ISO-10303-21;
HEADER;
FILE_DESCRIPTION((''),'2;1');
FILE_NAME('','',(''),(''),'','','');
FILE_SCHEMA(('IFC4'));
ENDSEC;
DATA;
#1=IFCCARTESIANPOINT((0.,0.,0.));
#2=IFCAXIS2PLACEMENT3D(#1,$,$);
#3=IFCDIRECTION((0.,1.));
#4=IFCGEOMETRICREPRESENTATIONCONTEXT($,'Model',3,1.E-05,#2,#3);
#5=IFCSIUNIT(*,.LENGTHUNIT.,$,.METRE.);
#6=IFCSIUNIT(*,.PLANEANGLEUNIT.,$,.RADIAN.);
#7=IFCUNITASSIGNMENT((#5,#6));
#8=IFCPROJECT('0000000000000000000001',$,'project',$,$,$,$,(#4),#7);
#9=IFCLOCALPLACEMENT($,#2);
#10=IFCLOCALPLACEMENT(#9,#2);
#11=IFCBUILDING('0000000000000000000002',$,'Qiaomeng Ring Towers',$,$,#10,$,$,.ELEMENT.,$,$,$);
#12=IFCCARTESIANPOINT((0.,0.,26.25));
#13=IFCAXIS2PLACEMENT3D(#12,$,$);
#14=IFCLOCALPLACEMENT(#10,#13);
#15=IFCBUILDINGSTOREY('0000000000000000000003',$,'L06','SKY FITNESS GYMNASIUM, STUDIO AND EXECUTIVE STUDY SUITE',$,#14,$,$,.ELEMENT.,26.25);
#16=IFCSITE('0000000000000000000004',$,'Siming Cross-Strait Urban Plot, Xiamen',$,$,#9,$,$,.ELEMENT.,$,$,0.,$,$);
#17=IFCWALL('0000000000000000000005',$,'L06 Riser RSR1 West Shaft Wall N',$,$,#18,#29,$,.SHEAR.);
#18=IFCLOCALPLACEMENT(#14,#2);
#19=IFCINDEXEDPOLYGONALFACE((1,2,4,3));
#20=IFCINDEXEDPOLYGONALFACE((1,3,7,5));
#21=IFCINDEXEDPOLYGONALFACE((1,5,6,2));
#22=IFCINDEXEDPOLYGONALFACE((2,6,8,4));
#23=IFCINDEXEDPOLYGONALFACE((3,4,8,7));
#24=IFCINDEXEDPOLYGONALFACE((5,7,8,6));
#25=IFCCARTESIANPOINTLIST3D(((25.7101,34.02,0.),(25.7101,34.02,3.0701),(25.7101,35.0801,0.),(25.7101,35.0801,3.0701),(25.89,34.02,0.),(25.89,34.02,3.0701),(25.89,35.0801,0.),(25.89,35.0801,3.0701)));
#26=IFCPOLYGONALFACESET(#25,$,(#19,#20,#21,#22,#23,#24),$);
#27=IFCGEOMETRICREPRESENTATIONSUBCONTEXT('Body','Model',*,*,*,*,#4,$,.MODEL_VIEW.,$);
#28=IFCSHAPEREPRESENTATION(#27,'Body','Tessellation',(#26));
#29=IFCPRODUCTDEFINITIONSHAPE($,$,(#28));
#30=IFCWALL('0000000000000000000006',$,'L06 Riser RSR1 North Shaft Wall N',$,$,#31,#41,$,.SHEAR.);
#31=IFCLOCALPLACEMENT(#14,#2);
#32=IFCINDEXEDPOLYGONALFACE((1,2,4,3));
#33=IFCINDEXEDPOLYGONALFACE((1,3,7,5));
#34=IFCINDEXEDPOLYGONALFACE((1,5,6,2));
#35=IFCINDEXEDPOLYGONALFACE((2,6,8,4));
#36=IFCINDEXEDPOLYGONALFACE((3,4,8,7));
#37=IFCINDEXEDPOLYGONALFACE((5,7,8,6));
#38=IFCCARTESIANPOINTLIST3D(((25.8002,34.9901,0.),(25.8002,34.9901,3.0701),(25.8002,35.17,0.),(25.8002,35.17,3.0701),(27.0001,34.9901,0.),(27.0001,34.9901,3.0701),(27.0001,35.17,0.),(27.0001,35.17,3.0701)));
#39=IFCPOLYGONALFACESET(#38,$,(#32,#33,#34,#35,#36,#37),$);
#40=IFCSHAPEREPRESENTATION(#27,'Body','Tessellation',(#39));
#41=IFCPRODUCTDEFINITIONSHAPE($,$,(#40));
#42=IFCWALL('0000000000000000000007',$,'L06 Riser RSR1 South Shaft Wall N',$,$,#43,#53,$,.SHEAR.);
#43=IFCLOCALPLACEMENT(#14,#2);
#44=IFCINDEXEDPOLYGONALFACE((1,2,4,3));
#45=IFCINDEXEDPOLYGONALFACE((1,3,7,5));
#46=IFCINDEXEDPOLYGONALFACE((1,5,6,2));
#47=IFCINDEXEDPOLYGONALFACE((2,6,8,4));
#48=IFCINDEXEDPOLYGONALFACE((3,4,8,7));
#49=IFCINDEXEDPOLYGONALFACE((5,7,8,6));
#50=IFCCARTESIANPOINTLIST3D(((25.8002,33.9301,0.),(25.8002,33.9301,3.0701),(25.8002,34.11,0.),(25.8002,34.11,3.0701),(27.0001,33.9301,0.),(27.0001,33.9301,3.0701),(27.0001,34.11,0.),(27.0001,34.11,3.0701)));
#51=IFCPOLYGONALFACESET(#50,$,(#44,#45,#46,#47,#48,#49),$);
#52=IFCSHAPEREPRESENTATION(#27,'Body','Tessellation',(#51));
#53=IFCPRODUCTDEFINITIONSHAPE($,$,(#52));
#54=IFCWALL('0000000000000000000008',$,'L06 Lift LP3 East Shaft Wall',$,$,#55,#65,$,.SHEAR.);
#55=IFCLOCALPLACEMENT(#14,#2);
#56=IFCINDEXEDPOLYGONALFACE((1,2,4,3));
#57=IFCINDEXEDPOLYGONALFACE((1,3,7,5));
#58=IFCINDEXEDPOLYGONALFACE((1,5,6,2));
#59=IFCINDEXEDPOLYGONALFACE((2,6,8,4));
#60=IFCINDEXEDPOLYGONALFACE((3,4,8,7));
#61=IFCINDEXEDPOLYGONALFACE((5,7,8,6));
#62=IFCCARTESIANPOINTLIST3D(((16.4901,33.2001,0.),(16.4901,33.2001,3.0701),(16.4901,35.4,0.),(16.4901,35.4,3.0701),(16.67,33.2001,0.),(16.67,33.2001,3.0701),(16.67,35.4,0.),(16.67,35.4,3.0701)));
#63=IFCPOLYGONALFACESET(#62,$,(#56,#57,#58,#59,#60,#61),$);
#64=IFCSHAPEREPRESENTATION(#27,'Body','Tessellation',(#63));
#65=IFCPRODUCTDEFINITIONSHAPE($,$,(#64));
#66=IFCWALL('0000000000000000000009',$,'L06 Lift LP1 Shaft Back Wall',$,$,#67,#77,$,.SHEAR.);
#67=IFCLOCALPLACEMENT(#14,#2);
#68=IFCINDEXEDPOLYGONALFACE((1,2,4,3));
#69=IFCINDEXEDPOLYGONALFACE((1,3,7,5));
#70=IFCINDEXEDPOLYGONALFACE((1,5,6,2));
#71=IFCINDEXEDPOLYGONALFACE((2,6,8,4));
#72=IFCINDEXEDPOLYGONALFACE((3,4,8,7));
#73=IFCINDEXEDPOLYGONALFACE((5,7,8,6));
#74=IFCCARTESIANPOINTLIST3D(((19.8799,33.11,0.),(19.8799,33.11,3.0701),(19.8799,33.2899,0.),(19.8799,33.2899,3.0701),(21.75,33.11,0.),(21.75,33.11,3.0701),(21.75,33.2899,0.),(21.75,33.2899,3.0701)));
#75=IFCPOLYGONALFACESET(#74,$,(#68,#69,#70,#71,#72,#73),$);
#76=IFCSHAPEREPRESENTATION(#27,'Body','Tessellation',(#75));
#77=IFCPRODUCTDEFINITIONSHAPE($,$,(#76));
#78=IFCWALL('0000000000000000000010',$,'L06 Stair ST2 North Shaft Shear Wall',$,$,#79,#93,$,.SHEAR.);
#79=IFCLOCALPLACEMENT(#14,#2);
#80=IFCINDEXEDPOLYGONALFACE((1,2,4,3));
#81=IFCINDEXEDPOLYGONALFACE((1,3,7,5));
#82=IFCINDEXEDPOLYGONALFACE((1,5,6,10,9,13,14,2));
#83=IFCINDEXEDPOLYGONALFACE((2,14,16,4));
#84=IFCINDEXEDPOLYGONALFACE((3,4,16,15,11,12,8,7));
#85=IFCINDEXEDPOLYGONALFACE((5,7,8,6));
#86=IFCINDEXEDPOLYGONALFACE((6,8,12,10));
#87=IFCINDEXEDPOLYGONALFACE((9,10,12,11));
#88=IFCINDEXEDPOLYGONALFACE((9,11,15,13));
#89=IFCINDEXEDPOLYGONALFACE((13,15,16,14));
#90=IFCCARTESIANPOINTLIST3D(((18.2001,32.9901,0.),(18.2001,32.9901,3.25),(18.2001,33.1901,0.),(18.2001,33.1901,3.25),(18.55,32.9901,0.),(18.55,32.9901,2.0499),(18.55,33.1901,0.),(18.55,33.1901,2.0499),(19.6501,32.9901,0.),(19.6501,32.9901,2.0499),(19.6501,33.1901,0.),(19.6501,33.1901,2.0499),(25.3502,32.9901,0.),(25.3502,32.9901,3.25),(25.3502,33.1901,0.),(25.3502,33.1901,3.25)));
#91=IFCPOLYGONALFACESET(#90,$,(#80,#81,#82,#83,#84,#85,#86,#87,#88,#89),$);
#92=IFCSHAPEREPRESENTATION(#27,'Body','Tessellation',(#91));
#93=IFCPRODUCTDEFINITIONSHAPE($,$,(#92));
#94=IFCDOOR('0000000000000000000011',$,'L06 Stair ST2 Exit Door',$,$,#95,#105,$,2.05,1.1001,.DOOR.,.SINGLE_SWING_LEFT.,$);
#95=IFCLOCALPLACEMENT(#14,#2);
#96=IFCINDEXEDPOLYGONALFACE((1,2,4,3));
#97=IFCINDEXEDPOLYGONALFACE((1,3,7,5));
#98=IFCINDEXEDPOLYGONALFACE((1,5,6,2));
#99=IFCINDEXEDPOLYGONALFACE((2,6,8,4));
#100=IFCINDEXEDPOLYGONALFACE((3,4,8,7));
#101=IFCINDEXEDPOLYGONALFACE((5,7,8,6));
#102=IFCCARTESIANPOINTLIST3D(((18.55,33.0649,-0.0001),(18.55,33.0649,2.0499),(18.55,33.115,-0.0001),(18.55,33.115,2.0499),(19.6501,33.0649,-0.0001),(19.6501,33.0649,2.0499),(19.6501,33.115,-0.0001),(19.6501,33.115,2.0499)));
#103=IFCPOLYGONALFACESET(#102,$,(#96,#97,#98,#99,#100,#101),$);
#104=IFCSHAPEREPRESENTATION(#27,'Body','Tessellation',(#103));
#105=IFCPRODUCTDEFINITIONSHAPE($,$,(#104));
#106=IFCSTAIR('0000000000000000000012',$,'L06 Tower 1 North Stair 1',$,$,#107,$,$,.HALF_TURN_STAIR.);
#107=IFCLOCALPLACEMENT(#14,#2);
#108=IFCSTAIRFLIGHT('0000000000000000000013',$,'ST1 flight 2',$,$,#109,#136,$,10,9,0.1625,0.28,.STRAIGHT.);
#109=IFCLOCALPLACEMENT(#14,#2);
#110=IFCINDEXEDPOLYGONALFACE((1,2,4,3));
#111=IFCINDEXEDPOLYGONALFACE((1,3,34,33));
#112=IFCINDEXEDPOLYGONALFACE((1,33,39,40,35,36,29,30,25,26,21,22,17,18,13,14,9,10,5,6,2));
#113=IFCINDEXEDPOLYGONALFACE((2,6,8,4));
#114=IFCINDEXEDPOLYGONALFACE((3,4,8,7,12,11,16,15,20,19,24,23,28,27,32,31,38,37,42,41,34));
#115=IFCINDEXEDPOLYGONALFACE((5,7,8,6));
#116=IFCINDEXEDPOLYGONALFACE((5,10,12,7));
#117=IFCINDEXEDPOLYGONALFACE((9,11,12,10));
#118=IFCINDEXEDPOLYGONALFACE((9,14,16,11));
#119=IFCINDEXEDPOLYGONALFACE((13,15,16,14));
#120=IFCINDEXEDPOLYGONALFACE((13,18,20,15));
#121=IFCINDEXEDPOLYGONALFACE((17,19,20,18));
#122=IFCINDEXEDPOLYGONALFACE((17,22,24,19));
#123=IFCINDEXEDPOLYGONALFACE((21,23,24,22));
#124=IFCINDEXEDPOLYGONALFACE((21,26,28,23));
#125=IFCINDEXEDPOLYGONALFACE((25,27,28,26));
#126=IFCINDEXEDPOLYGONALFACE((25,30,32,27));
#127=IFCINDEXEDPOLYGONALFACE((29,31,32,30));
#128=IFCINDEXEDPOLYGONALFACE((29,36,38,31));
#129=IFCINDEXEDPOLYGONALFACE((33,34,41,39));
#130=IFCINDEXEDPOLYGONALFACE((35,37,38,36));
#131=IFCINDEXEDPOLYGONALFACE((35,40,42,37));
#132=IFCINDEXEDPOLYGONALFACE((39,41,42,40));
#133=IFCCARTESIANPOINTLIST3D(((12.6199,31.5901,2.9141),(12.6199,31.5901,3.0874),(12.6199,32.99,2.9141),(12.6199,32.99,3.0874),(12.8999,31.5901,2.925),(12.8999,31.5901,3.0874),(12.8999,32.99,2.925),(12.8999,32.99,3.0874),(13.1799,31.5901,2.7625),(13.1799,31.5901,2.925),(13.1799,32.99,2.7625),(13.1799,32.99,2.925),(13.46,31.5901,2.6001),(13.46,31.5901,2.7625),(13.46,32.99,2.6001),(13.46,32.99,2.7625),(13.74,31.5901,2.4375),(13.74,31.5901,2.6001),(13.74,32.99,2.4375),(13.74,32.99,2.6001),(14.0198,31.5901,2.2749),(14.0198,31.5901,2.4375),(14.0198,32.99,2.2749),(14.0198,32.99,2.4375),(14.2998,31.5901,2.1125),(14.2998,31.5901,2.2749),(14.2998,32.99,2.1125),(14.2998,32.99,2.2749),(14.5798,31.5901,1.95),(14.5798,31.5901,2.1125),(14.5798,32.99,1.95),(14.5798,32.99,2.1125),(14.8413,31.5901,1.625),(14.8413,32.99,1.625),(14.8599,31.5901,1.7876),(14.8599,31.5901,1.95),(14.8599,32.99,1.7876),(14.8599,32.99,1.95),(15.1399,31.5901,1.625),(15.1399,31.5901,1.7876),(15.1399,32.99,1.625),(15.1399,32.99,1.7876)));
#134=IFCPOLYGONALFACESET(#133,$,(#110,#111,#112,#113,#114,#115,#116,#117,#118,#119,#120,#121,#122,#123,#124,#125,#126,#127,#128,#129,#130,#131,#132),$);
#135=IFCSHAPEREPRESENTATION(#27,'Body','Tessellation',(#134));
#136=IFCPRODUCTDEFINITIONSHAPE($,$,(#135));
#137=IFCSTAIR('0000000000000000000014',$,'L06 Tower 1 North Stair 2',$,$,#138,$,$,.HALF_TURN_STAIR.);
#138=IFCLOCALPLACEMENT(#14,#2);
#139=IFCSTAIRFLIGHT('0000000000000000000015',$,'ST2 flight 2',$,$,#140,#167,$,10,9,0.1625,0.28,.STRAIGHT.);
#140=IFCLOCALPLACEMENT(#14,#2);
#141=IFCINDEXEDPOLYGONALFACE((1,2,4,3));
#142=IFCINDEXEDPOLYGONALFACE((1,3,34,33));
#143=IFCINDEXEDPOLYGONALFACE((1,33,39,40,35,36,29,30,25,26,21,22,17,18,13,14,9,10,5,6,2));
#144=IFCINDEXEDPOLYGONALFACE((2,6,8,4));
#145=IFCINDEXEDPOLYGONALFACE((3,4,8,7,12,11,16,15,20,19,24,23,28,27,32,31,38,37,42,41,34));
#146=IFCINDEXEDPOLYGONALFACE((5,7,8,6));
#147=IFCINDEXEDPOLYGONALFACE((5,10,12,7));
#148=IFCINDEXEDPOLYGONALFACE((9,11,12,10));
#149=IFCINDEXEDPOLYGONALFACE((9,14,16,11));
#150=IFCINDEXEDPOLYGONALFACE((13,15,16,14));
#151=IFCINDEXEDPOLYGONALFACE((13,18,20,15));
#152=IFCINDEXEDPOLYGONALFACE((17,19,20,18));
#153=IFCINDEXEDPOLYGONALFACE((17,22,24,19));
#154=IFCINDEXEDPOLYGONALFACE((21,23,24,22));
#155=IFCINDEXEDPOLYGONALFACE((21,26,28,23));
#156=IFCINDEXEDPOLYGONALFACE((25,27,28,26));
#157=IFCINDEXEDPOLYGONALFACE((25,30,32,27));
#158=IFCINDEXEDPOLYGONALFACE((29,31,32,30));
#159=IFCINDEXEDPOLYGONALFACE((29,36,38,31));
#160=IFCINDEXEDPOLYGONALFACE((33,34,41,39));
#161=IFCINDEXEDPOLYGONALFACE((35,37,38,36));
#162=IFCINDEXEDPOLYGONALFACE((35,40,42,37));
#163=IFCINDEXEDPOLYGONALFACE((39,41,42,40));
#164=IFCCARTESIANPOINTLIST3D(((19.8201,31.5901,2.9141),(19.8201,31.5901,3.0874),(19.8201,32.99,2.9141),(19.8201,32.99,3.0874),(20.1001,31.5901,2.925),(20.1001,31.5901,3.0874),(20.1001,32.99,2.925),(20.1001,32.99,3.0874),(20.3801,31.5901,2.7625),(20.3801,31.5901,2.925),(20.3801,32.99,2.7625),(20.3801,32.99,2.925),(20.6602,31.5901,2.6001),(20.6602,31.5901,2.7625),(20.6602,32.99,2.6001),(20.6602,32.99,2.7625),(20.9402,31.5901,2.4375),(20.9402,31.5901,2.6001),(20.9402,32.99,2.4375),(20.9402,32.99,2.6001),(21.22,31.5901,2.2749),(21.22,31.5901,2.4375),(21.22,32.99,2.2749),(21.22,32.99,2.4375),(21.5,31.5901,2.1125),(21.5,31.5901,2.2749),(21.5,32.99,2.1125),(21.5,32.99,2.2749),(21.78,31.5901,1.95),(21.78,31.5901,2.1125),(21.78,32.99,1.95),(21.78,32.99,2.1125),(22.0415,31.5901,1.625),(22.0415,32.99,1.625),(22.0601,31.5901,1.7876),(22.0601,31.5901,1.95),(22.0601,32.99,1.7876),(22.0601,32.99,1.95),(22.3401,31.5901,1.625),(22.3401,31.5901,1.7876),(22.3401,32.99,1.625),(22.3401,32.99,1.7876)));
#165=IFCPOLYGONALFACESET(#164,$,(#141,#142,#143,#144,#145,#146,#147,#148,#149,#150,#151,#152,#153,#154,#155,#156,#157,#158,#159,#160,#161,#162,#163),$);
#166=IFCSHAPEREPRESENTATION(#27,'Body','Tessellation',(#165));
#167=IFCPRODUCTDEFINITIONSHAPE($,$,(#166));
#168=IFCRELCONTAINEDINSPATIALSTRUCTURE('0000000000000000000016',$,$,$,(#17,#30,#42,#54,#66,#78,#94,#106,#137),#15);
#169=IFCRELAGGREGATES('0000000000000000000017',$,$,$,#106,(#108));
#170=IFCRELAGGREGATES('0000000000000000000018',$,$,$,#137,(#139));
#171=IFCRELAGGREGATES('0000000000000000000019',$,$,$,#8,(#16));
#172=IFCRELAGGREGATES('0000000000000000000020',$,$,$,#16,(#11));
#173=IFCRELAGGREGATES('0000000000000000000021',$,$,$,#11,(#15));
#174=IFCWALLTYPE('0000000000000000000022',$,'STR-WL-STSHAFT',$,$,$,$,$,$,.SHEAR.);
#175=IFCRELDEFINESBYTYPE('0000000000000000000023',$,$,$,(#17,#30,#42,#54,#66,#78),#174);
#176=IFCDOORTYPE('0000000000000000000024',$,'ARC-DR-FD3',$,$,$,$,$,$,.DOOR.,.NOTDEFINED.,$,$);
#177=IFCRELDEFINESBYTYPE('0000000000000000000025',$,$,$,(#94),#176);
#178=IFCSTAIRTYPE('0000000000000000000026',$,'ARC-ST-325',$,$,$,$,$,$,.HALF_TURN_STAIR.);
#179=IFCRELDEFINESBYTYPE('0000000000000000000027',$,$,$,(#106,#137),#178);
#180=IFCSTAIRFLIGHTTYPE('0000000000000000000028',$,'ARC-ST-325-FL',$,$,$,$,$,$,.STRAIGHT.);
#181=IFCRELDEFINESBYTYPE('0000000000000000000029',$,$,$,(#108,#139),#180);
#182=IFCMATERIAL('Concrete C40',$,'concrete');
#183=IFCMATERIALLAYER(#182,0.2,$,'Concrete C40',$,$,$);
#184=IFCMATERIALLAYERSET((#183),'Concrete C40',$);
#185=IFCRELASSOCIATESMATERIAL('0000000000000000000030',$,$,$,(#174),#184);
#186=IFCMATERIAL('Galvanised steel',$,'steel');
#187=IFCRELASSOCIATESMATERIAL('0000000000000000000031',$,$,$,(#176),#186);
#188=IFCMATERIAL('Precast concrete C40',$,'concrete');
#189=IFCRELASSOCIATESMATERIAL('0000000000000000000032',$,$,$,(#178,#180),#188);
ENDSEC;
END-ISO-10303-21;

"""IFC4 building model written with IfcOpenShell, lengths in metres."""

from ifc_helpers import new_model, si_unit, direction, frame, frame_2d, origin, place, context, subcontext, project, spatial, polyline, rectangle, outline, extrude, source, transform, mapped, material, layer, layer_set, type_object, element, fill, aggregate, save


model = new_model("IFC4")

# Units and contexts
model_context = context("Model", 3, precision=1e-05, world=origin(), true_north=direction((0.0, 1.0)))
body_context = subcontext(model_context, "Body", "Model", "MODEL_VIEW")
ifc_project = project(units=[si_unit("LENGTHUNIT", "METRE"), si_unit("PLANEANGLEUNIT", "RADIAN")], contexts=[model_context])

# Site, building, storey
site_placement = place(None, origin())
site = spatial("IfcSite", under=ifc_project, at=site_placement, Name="Siming Cross-Strait Urban Plot, Xiamen", CompositionType="ELEMENT", RefElevation=0.0)
building_placement = place(site_placement, origin())
building = spatial("IfcBuilding", under=site, at=building_placement, Name="Qiaomeng Ring Towers", CompositionType="ELEMENT")
storey_placement = place(building_placement, frame((0.0, 0.0, 26.25)))
storey = spatial("IfcBuildingStorey", under=building, at=storey_placement, Name="L06", Description="SKY FITNESS GYMNASIUM, STUDIO AND EXECUTIVE STUDY SUITE", CompositionType="ELEMENT", Elevation=26.25)

# Walls
ifc_material_1 = material(Name="Concrete C40", Category="concrete")
ifc_layer_1 = layer(ifc_material_1, 0.2, Name="Concrete C40")
ifc_layer_set_1 = layer_set([ifc_layer_1], Name="Concrete C40")
wall_type_1 = type_object("IfcWallType", Name="STR-WL-STSHAFT", PredefinedType="SHEAR", material=ifc_layer_set_1)
wall_1_placement = place(storey_placement, frame((25.8, 34.02, 0.0), z_axis=(0.0, 0.0, 1.0), x_axis=(0.0, 1.0, 0.0)))
element("IfcWall", 1, at=wall_1_placement, inside=storey, type_object=wall_type_1, Name="L06 Riser RSR1 West Shaft Wall N", PredefinedType="SHEAR", context=body_context, shape_type="SweptSolid", body=[
    extrude(rectangle(XDim=1.0601, YDim=0.1799, at=frame_2d((0.53, 0.0))), origin(), (0.0, 0.0, 1.0), 3.0701),
])
for number, where, z_axis, x_axis, name in (
    (2, (25.8, 35.0801, 0.0), (0.0, 0.0, 1.0), (1.0, 0.0, 0.0), "L06 Riser RSR1 North Shaft Wall N"),
    (3, (25.8, 34.02, 0.0), (0.0, 0.0, 1.0), (1.0, 0.0, 0.0), "L06 Riser RSR1 South Shaft Wall N"),
):
    element("IfcWall", number, at=place(storey_placement, frame(where, z_axis=z_axis, x_axis=x_axis)), inside=storey, type_object=wall_type_1, Name=name, PredefinedType="SHEAR", context=body_context, shape_type="SweptSolid", body=[
        extrude(rectangle(XDim=1.2, YDim=0.1799, at=frame_2d((0.6001, 0.0))), origin(), (0.0, 0.0, 1.0), 3.0701),
    ])
wall_2_placement = place(storey_placement, frame((16.5801, 33.2, 0.0), z_axis=(0.0, 0.0, 1.0), x_axis=(0.0, 1.0, 0.0)))
element("IfcWall", 4, at=wall_2_placement, inside=storey, type_object=wall_type_1, Name="L06 Lift LP3 East Shaft Wall", PredefinedType="SHEAR", context=body_context, shape_type="SweptSolid", body=[
    extrude(rectangle(XDim=2.2, YDim=0.1799, at=frame_2d((1.1001, 0.0))), origin(), (0.0, 0.0, 1.0), 3.0701),
])
wall_3_placement = place(storey_placement, frame((19.8799, 33.2, 0.0), z_axis=(0.0, 0.0, 1.0), x_axis=(1.0, 0.0, 0.0)))
element("IfcWall", 5, at=wall_3_placement, inside=storey, type_object=wall_type_1, Name="L06 Lift LP1 Shaft Back Wall", PredefinedType="SHEAR", context=body_context, shape_type="SweptSolid", body=[
    extrude(rectangle(XDim=1.8701, YDim=0.1799, at=frame_2d((0.9351, 0.0))), origin(), (0.0, 0.0, 1.0), 3.0701),
])

# Wall, opening, door
wall_4_placement = place(storey_placement, frame((18.2, 33.0901, 0.0), z_axis=(0.0, 0.0, 1.0), x_axis=(1.0, 0.0, 0.0)))
wall_4 = element("IfcWall", 6, at=wall_4_placement, inside=storey, type_object=wall_type_1, Name="L06 Stair ST2 North Shaft Shear Wall", PredefinedType="SHEAR", context=body_context, shape_type="SweptSolid", body=[
    extrude(rectangle(XDim=7.1501, YDim=0.2, at=frame_2d((3.5752, 0.0))), origin(), (0.0, 0.0, 1.0), 3.25),
])
opening_placement = place(wall_4_placement, frame((0.3501, 0.0, 0.0)))
opening = element("IfcOpeningElement", 7, at=opening_placement, cuts=wall_4, PredefinedType="OPENING", context=body_context, shape_type="SweptSolid", body=[
    extrude(rectangle(XDim=1.1001, YDim=2.05, at=frame_2d((0.55, 1.0249))), frame((0.0, 0.1099, 0.0), z_axis=(0.0, -1.0, 0.0), x_axis=(1.0, 0.0, 0.0)), (0.0, 0.0, 1.0), 0.22),
])
ifc_material_2 = material(Name="Galvanised steel", Category="steel")
door_type = type_object("IfcDoorType", Name="ARC-DR-FD3", OperationType="NOTDEFINED", PredefinedType="DOOR", material=ifc_material_2)
shared_shape_1 = source(origin(), body_context, "Body", "SweptSolid", [
    extrude(rectangle(XDim=1.1001, YDim=2.05, at=frame_2d((0.55, 1.0249))), frame((0.0, 0.0249, 0.0), z_axis=(0.0, -1.0, 0.0), x_axis=(1.0, 0.0, 0.0)), (0.0, 0.0, 1.0), 0.05),
])
door_placement = place(opening_placement, origin())
door = element("IfcDoor", 8, at=door_placement, inside=storey, type_object=door_type, Name="L06 Stair ST2 Exit Door", OperationType="SINGLE_SWING_LEFT", OverallHeight=2.05, OverallWidth=1.1001, PredefinedType="DOOR", context=body_context, shape_type="MappedRepresentation", body=[
    mapped(shared_shape_1, transform((0.0, 0.0, 0.0), x_axis=(1.0, 0.0, 0.0), y_axis=(0.0, 1.0, 0.0), z_axis=(0.0, 0.0, 1.0), scale=1.0)),
])
fill(opening, door)

# Stairs, stair flights
ifc_material_3 = material(Name="Precast concrete C40", Category="concrete")
stair_type = type_object("IfcStairType", Name="ARC-ST-325", PredefinedType="HALF_TURN_STAIR", material=ifc_material_3)
stair_1_placement = place(storey_placement, origin())
stair_1 = element("IfcStair", 9, at=stair_1_placement, inside=storey, type_object=stair_type, Name="L06 Tower 1 North Stair 1", PredefinedType="HALF_TURN_STAIR")
stair_flight_type = type_object("IfcStairFlightType", Name="ARC-ST-325-FL", PredefinedType="STRAIGHT", material=ifc_material_3)
shared_shape_2 = source(origin(), body_context, "Body", "SweptSolid", [
    extrude(outline(polyline([(0.0, 0.0), (0.0, 0.1626), (0.28, 0.1626), (0.28, 0.325), (0.5601, 0.325), (0.5601, 0.4875), (0.8401, 0.4875), (0.8401, 0.6499), (1.1201, 0.6499), (1.1201, 0.8125), (1.3999, 0.8125), (1.3999, 0.9751), (1.6799, 0.9751), (1.6799, 1.1375), (1.96, 1.1375), (1.96, 1.3), (2.24, 1.3), (2.24, 1.4624), (2.52, 1.4624), (2.52, 1.625), (2.52, 1.2891), (0.2986, 0.0), (0.0, 0.0)])), frame((0.0, 0.7, 0.0), z_axis=(0.0, -1.0, 0.0), x_axis=(1.0, 0.0, 0.0)), (0.0, 0.0, 1.0), 1.3999),
])
stair_flight_1_placement = place(storey_placement, frame((15.1399, 32.29, 1.625), z_axis=(0.0, 0.0, 1.0), x_axis=(-1.0, 0.0, 0.0)))
stair_flight_1 = element("IfcStairFlight", 10, at=stair_flight_1_placement, type_object=stair_flight_type, Name="ST1 flight 2", NumberOfRisers=10, NumberOfTreads=9, PredefinedType="STRAIGHT", RiserHeight=0.1625, TreadLength=0.28, context=body_context, shape_type="MappedRepresentation", body=[
    mapped(shared_shape_2, transform((0.0, 0.0, 0.0), x_axis=(1.0, 0.0, 0.0), y_axis=(0.0, 1.0, 0.0), z_axis=(0.0, 0.0, 1.0), scale=1.0)),
])
aggregate(stair_1, [stair_flight_1])
stair_2_placement = place(storey_placement, origin())
stair_2 = element("IfcStair", 11, at=stair_2_placement, inside=storey, type_object=stair_type, Name="L06 Tower 1 North Stair 2", PredefinedType="HALF_TURN_STAIR")
stair_flight_2_placement = place(storey_placement, frame((22.3401, 32.29, 1.625), z_axis=(0.0, 0.0, 1.0), x_axis=(-1.0, 0.0, 0.0)))
stair_flight_2 = element("IfcStairFlight", 12, at=stair_flight_2_placement, type_object=stair_flight_type, Name="ST2 flight 2", NumberOfRisers=10, NumberOfTreads=9, PredefinedType="STRAIGHT", RiserHeight=0.1625, TreadLength=0.28, context=body_context, shape_type="MappedRepresentation", body=[
    mapped(shared_shape_2, transform((0.0, 0.0, 0.0), x_axis=(1.0, 0.0, 0.0), y_axis=(0.0, 1.0, 0.0), z_axis=(0.0, 0.0, 1.0), scale=1.0)),
])
aggregate(stair_2, [stair_flight_2])

save(model, "model.ifc")
